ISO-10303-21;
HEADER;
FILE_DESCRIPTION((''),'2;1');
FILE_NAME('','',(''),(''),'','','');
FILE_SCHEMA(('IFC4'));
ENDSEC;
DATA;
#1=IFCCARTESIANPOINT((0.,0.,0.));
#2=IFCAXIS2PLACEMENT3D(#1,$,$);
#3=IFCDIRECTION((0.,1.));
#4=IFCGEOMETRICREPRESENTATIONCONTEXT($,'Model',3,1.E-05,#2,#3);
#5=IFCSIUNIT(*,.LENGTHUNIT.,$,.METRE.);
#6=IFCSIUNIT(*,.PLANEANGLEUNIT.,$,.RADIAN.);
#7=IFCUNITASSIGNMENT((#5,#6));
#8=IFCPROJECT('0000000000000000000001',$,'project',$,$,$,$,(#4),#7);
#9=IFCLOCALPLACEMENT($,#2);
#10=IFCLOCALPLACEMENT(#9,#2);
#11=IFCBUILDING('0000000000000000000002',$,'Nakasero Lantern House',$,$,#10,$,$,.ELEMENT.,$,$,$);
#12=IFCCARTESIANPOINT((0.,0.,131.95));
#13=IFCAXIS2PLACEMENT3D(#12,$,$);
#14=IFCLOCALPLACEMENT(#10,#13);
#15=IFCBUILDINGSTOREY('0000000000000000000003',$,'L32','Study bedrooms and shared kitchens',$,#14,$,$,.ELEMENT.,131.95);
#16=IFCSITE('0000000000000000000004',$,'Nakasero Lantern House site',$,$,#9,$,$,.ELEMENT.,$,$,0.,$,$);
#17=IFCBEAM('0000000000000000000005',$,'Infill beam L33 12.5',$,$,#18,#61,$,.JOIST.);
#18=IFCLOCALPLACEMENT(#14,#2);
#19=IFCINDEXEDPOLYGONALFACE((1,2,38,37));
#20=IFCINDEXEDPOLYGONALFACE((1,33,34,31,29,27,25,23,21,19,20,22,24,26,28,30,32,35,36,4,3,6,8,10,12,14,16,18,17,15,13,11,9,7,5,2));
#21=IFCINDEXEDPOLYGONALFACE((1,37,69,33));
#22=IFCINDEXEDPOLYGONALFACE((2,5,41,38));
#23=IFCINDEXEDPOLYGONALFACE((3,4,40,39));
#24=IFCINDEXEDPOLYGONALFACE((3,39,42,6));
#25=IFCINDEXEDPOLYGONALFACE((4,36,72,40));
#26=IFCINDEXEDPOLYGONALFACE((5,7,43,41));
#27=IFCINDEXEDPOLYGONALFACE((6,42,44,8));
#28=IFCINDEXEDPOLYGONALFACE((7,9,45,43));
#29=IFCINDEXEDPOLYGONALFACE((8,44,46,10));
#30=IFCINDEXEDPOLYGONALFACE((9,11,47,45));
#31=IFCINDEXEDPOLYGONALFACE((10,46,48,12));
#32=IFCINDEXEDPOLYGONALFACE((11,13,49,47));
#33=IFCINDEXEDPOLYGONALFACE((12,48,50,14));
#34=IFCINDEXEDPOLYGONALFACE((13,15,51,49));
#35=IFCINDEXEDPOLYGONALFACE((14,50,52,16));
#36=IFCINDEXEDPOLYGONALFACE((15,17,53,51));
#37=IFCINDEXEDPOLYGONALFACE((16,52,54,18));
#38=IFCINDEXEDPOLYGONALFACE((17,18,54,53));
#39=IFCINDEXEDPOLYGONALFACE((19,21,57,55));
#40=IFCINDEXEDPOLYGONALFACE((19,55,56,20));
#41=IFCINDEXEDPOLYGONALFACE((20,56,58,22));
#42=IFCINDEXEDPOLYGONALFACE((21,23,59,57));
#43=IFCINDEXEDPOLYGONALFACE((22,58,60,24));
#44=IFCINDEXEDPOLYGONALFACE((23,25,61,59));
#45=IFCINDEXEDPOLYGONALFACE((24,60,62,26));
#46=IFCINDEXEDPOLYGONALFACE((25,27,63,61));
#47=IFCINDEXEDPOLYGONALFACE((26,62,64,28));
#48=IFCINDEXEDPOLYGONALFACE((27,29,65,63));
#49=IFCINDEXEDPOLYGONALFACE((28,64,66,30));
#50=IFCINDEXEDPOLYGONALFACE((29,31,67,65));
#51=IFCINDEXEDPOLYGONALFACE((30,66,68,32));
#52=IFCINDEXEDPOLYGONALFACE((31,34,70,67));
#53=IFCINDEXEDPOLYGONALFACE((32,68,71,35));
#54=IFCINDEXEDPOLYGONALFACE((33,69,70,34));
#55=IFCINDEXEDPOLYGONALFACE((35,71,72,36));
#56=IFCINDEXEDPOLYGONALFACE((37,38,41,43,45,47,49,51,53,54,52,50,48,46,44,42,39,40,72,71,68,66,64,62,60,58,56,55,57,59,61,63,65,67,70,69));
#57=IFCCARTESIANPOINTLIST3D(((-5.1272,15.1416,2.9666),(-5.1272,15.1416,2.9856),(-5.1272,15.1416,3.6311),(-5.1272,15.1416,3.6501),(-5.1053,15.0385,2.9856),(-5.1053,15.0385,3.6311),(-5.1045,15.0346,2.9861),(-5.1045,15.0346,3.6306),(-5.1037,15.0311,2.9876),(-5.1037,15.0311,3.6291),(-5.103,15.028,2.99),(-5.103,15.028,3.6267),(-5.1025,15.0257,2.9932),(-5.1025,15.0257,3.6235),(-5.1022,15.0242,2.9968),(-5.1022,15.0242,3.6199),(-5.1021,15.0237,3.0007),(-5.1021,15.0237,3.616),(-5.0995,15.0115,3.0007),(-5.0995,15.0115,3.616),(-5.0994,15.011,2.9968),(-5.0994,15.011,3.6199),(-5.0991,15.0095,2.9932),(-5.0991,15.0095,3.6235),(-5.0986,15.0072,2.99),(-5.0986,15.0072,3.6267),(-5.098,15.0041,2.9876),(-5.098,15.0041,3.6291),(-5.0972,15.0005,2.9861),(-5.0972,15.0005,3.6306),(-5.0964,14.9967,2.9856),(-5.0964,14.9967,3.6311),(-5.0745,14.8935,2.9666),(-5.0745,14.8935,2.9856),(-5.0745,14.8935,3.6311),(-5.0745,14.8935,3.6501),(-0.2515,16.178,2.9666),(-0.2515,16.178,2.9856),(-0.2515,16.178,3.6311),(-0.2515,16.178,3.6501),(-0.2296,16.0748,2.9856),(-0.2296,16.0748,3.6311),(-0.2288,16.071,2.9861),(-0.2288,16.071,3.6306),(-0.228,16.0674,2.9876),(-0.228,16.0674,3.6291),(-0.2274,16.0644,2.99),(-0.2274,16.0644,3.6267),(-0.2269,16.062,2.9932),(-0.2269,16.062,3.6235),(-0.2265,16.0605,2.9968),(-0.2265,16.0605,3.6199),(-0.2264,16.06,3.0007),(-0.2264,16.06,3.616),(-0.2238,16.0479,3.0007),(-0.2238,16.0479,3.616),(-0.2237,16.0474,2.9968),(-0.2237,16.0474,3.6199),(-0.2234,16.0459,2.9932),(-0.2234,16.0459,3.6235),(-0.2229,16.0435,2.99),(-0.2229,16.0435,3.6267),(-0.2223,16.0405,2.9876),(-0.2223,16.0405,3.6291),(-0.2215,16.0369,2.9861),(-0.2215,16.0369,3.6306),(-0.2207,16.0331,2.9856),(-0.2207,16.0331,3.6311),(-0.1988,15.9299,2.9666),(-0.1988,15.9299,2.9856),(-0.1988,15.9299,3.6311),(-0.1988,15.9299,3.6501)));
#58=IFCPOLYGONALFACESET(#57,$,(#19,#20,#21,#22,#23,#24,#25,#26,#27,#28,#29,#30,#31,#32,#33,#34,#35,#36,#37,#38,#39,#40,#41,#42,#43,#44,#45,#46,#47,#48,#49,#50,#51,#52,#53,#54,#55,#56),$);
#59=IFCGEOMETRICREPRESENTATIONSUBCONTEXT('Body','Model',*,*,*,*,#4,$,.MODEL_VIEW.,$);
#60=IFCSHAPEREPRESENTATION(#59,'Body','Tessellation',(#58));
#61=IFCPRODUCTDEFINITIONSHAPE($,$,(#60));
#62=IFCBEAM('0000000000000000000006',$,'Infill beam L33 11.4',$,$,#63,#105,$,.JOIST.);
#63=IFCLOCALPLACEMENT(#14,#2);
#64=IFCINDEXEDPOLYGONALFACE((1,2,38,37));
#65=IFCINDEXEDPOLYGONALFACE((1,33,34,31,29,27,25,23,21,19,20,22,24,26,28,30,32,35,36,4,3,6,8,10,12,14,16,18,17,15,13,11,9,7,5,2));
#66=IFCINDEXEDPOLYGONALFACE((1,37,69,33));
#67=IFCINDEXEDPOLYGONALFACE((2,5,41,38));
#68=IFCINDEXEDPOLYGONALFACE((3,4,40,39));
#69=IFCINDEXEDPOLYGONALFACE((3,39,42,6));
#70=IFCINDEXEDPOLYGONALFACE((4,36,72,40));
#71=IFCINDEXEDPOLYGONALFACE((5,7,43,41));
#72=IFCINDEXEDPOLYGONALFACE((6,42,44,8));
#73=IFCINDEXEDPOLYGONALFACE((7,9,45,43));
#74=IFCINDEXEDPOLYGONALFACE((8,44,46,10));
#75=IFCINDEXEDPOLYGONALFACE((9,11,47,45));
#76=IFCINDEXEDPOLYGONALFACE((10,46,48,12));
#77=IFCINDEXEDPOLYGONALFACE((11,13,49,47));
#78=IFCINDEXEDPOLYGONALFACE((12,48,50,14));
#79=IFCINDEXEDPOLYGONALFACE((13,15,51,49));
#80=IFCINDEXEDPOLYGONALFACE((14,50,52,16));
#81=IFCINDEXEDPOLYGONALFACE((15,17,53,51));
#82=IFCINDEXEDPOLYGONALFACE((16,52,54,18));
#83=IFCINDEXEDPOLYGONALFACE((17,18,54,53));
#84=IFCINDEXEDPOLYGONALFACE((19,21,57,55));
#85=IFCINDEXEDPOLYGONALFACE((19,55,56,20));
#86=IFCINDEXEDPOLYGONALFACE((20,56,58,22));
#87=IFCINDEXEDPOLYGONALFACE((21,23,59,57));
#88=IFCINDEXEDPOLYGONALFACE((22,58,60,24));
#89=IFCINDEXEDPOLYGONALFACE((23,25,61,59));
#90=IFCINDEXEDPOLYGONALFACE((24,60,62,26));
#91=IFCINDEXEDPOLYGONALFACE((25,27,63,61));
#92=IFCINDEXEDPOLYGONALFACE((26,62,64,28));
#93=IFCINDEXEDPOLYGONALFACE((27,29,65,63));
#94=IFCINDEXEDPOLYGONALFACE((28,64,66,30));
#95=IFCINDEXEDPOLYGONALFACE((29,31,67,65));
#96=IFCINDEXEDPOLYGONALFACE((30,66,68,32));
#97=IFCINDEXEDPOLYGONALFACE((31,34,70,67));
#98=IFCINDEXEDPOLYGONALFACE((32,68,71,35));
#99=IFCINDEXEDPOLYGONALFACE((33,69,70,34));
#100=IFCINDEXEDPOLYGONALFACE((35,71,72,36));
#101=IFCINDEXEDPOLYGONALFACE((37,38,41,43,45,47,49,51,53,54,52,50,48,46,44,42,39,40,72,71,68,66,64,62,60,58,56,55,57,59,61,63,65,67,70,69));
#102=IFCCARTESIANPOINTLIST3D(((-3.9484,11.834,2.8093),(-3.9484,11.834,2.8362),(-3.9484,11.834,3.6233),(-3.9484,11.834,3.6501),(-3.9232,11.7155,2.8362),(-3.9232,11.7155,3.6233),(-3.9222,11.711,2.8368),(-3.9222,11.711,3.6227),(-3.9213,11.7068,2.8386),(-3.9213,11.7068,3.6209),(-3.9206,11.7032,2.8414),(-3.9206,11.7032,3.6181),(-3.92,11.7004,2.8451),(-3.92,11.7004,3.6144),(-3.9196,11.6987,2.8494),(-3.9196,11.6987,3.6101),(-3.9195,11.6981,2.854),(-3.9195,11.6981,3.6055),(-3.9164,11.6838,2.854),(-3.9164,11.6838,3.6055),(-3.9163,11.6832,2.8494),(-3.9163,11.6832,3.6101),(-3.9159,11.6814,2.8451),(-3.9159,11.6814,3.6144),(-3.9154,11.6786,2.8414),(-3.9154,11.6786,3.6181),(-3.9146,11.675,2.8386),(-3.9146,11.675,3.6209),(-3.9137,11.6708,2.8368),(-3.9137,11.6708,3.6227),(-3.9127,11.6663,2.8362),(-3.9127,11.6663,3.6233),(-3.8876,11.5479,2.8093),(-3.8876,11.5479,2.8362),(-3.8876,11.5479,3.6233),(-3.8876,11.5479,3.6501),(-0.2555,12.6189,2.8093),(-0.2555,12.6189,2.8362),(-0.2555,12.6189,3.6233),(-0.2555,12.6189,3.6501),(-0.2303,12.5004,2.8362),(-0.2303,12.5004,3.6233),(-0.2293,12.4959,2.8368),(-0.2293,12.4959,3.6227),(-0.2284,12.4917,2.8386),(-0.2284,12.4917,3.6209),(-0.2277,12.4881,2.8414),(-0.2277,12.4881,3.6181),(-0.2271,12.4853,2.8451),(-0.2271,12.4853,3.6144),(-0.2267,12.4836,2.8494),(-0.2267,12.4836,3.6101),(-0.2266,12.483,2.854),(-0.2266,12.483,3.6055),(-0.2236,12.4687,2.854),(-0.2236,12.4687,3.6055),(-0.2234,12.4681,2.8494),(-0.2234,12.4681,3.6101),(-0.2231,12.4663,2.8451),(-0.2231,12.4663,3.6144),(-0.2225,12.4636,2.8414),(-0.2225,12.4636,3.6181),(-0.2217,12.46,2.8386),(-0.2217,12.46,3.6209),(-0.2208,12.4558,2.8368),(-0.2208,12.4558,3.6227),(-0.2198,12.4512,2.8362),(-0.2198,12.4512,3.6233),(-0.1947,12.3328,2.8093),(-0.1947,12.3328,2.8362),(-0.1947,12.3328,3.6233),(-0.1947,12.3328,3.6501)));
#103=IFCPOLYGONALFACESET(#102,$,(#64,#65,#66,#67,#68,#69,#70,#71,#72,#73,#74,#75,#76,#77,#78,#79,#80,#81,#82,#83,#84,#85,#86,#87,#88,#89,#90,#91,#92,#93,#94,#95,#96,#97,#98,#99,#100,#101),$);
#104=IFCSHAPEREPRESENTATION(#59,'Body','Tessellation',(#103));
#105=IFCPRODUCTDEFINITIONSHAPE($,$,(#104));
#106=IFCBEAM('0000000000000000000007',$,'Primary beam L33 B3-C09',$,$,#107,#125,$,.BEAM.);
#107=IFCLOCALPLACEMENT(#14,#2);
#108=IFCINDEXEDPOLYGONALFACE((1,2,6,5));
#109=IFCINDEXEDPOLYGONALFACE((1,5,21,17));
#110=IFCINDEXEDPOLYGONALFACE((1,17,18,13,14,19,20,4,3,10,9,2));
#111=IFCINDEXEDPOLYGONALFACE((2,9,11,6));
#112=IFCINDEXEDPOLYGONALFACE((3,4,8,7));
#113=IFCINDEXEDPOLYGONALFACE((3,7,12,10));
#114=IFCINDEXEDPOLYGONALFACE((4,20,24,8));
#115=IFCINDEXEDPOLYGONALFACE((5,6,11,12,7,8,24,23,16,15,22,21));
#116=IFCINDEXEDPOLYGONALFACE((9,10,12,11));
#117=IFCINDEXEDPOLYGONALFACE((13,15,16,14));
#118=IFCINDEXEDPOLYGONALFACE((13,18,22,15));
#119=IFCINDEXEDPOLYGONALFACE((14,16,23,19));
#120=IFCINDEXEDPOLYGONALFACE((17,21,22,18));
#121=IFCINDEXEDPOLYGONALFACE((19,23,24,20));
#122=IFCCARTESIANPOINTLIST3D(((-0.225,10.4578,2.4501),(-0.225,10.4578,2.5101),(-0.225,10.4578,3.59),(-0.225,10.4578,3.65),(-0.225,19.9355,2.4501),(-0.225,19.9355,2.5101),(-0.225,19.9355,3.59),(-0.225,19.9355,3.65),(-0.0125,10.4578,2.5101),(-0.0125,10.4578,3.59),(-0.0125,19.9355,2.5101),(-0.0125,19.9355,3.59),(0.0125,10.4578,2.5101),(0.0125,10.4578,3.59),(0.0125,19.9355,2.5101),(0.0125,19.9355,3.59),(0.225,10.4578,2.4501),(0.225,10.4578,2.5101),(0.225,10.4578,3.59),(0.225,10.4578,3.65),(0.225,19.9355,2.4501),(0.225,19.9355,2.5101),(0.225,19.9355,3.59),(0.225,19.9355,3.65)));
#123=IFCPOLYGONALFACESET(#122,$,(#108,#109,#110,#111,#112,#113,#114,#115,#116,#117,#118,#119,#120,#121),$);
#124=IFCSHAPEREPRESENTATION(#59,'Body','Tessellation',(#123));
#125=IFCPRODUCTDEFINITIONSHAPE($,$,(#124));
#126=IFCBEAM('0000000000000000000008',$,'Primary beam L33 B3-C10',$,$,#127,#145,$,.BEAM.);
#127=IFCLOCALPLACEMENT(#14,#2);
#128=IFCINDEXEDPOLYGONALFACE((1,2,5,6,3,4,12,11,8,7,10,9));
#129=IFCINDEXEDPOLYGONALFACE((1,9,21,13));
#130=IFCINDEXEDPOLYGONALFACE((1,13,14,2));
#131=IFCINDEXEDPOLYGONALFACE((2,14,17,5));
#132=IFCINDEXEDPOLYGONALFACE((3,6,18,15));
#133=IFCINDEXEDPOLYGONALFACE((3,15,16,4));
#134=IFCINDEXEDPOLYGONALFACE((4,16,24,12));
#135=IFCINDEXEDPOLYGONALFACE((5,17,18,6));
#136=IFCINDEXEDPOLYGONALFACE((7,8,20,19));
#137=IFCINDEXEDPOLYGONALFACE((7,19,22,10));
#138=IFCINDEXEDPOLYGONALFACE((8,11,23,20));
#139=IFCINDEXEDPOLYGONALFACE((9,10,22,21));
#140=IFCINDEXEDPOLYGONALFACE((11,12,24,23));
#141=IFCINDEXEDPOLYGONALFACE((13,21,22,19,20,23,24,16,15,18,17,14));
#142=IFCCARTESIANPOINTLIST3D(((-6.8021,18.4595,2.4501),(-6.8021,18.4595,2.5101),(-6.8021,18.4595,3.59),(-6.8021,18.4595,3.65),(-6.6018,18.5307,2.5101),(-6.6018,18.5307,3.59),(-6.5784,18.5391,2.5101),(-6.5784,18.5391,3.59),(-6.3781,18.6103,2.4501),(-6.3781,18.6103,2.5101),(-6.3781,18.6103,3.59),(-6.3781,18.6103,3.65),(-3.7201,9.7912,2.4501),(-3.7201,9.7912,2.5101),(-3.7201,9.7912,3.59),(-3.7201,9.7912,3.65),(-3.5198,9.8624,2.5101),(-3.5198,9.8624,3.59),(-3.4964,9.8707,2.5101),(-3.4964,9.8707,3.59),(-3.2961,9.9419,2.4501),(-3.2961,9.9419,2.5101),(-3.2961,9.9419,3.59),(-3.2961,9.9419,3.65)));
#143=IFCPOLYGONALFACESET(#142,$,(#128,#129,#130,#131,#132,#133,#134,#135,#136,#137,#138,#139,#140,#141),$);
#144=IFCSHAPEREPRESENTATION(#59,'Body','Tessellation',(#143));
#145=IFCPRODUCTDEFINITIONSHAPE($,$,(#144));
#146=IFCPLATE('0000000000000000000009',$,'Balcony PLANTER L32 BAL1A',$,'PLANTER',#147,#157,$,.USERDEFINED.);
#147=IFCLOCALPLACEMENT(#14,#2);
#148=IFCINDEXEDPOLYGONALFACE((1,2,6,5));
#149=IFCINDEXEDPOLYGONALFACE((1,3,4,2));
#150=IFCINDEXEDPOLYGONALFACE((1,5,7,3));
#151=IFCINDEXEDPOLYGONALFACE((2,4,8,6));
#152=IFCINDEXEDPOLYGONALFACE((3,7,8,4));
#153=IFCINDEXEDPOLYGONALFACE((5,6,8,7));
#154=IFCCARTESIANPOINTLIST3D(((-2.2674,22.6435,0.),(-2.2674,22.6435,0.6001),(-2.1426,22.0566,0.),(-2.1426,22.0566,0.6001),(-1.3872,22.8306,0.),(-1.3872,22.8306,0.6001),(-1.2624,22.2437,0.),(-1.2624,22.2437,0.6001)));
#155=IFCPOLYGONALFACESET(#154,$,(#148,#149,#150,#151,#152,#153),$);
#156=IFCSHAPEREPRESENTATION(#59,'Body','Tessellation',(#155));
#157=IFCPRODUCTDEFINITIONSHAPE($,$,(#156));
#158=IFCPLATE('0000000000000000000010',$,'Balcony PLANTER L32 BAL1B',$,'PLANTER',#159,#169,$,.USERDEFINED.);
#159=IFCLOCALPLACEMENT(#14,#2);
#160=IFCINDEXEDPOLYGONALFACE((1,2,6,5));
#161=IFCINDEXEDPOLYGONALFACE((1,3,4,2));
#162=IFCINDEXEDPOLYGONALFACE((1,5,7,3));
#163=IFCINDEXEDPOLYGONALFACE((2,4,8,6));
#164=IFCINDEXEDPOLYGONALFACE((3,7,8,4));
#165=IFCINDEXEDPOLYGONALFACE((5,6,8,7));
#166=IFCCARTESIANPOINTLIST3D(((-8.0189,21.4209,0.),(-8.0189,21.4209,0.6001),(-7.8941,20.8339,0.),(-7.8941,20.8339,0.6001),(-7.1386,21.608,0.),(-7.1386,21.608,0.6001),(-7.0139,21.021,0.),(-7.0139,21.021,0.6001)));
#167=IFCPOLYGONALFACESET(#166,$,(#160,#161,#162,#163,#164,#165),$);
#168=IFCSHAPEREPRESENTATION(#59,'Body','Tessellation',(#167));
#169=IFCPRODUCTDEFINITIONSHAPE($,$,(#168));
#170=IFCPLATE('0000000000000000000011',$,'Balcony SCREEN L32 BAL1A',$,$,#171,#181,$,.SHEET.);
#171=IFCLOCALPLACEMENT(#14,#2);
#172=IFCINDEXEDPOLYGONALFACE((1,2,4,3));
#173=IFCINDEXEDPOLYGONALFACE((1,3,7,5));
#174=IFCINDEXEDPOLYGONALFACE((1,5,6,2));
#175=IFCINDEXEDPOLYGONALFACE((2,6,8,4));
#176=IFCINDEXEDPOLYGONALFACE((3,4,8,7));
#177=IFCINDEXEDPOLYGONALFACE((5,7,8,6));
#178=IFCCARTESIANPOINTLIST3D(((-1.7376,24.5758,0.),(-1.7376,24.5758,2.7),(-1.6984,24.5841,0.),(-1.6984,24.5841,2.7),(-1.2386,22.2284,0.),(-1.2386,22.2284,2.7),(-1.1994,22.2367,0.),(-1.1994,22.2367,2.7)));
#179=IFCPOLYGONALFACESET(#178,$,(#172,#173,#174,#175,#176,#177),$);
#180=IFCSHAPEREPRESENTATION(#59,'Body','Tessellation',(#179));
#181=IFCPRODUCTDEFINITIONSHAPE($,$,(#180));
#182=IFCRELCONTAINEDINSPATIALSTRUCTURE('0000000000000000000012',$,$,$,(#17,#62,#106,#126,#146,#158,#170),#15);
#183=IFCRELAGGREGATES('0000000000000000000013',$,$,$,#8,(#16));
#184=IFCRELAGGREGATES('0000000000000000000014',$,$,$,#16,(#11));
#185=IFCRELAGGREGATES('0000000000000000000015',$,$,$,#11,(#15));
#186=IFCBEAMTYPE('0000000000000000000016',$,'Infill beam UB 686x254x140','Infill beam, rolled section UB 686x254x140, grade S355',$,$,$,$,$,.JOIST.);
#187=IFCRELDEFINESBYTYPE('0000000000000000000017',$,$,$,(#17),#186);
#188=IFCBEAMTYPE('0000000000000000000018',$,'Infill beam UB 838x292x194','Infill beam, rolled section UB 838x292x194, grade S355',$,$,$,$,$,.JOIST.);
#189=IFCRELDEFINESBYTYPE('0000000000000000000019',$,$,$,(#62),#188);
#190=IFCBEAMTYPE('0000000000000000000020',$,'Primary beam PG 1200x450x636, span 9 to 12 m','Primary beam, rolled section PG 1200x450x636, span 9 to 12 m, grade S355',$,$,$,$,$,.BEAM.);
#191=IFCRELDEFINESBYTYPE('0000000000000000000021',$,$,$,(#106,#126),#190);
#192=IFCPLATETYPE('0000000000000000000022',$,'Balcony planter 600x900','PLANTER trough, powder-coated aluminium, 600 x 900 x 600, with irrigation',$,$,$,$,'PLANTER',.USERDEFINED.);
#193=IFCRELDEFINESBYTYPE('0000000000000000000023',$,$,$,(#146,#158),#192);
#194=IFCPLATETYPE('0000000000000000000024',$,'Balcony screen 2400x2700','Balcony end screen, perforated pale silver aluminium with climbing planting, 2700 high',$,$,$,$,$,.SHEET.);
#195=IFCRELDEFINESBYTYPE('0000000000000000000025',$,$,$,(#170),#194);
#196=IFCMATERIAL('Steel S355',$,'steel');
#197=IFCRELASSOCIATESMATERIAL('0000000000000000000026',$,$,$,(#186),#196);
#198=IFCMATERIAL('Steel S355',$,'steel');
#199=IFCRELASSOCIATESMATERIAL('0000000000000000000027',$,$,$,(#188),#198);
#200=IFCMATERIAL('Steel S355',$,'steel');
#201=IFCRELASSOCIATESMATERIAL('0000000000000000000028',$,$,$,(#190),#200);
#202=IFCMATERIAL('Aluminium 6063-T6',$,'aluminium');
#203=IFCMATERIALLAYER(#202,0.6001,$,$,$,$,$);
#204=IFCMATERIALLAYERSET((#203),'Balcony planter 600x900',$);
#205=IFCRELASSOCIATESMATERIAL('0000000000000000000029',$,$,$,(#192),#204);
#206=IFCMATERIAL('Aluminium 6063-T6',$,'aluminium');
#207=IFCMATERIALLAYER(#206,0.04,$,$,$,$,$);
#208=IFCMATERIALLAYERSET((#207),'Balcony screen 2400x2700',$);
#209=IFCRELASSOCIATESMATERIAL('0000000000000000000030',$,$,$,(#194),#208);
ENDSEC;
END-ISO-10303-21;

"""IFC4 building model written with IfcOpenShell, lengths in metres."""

from ifc_helpers import new_model, si_unit, direction, frame, origin, origin_2d, place, context, subcontext, project, spatial, rectangle, i_section, extrude, material, layer, layer_set, material_profile, profile_set, type_object, element, save


model = new_model("IFC4")

# Units and contexts
model_context = context("Model", 3, precision=1e-05, world=origin(), true_north=direction((0.0, 1.0)))
body_context = subcontext(model_context, "Body", "Model", "MODEL_VIEW")
ifc_project = project(units=[si_unit("LENGTHUNIT", "METRE"), si_unit("PLANEANGLEUNIT", "RADIAN")], contexts=[model_context])

# Site, building, storey
site_placement = place(None, origin())
site = spatial("IfcSite", under=ifc_project, at=site_placement, Name="Nakasero Lantern House site", CompositionType="ELEMENT", RefElevation=0.0)
building_placement = place(site_placement, origin())
building = spatial("IfcBuilding", under=site, at=building_placement, Name="Nakasero Lantern House", CompositionType="ELEMENT")
storey_placement = place(building_placement, frame((0.0, 0.0, 131.95)))
storey = spatial("IfcBuildingStorey", under=building, at=storey_placement, Name="L32", Description="Study bedrooms and shared kitchens", CompositionType="ELEMENT", Elevation=131.95)

# Beams
ifc_material_1 = material(Name="Steel S355", Category="steel")
ifc_material_profile_1 = material_profile(ifc_material_1, i_section(OverallWidth=0.2537, OverallDepth=0.6836, WebThickness=0.0125, FlangeThickness=0.019, FilletRadius=0.0151, at=origin_2d()), Name="UB 686x254x140")
ifc_profile_set_1 = profile_set([ifc_material_profile_1], Name="Steel S355")
beam_type_1 = type_object("IfcBeamType", Name="Infill beam UB 686x254x140", Description="Infill beam, rolled section UB 686x254x140, grade S355", PredefinedType="JOIST", material=ifc_profile_set_1)
beam_1_placement = place(storey_placement, frame((-5.1008, 15.0176, 3.3083), z_axis=(0.978147, 0.207913, 0.0), x_axis=(-0.207913, 0.978147, 0.0)))
element("IfcBeam", 1, at=beam_1_placement, inside=storey, type_object=beam_type_1, Name="Infill beam L33 12.5", PredefinedType="JOIST", context=body_context, shape_type="SweptSolid", body=[
    extrude(i_section(OverallWidth=0.2537, OverallDepth=0.6836, WebThickness=0.0125, FlangeThickness=0.019, FilletRadius=0.0151, at=origin_2d()), origin(), (0.0, 0.0, 1.0), 4.9846),
])
ifc_material_2 = material(Name="Steel S355", Category="steel")
ifc_material_profile_2 = material_profile(ifc_material_2, i_section(OverallWidth=0.2925, OverallDepth=0.8408, WebThickness=0.0146, FlangeThickness=0.0269, FilletRadius=0.0178, at=origin_2d()), Name="UB 838x292x194")
ifc_profile_set_2 = profile_set([ifc_material_profile_2], Name="Steel S355")
beam_type_2 = type_object("IfcBeamType", Name="Infill beam UB 838x292x194", Description="Infill beam, rolled section UB 838x292x194, grade S355", PredefinedType="JOIST", material=ifc_profile_set_2)
beam_2_placement = place(storey_placement, frame((-3.918, 11.6909, 3.2297), z_axis=(0.978149, 0.207904, 0.0), x_axis=(-0.207904, 0.978149, 0.0)))
element("IfcBeam", 2, at=beam_2_placement, inside=storey, type_object=beam_type_2, Name="Infill beam L33 11.4", PredefinedType="JOIST", context=body_context, shape_type="SweptSolid", body=[
    extrude(i_section(OverallWidth=0.2925, OverallDepth=0.8408, WebThickness=0.0146, FlangeThickness=0.0269, FilletRadius=0.0178, at=origin_2d()), origin(), (0.0, 0.0, 1.0), 3.7754),
])
ifc_material_3 = material(Name="Steel S355", Category="steel")
ifc_material_profile_3 = material_profile(ifc_material_3, i_section(OverallWidth=0.45, OverallDepth=1.2, WebThickness=0.0249, FlangeThickness=0.0601, at=origin_2d()), Name="PG 1200x450x636")
ifc_profile_set_3 = profile_set([ifc_material_profile_3], Name="Steel S355")
beam_type_3 = type_object("IfcBeamType", Name="Primary beam PG 1200x450x636, span 9 to 12 m", Description="Primary beam, rolled section PG 1200x450x636, span 9 to 12 m, grade S355", PredefinedType="BEAM", material=ifc_profile_set_3)
beam_3_placement = place(storey_placement, frame((0.0, 19.9355, 3.05), z_axis=(0.0, -1.0, 0.0), x_axis=(1.0, 0.0, 0.0)))
element("IfcBeam", 3, at=beam_3_placement, inside=storey, type_object=beam_type_3, Name="Primary beam L33 B3-C09", PredefinedType="BEAM", context=body_context, shape_type="SweptSolid", body=[
    extrude(i_section(OverallWidth=0.45, OverallDepth=1.2, WebThickness=0.0249, FlangeThickness=0.0601, at=origin_2d()), origin(), (0.0, 0.0, 1.0), 9.4778),
])
beam_4_placement = place(storey_placement, frame((-6.5901, 18.5349, 3.05), z_axis=(0.335001, -0.942218, 0.0), x_axis=(0.942218, 0.335001, 0.0)))
element("IfcBeam", 4, at=beam_4_placement, inside=storey, type_object=beam_type_3, Name="Primary beam L33 B3-C10", PredefinedType="BEAM", context=body_context, shape_type="SweptSolid", body=[
    extrude(i_section(OverallWidth=0.45, OverallDepth=1.2, WebThickness=0.0249, FlangeThickness=0.0601, at=origin_2d()), origin(), (0.0, 0.0, 1.0), 9.2),
])

# Plates
ifc_material_4 = material(Name="Aluminium 6063-T6", Category="aluminium")
ifc_layer_1 = layer(ifc_material_4, 0.6001)
ifc_layer_set_1 = layer_set([ifc_layer_1], Name="Balcony planter 600x900")
plate_type_1 = type_object("IfcPlateType", Name="Balcony planter 600x900", Description="PLANTER trough, powder-coated aluminium, 600 x 900 x 600, with irrigation", ElementType="PLANTER", PredefinedType="USERDEFINED", material=ifc_layer_set_1)
for number, where, z_axis, x_axis, name in (
    (5, (-1.7649, 22.4436, 0.0), (0.0, 0.0, 1.0), (-0.207912, 0.978148, 0.0), "Balcony PLANTER L32 BAL1A"),
    (6, (-7.5164, 21.2209, 0.0), (0.0, 0.0, 1.0), (-0.207912, 0.978148, 0.0), "Balcony PLANTER L32 BAL1B"),
):
    element("IfcPlate", number, at=place(storey_placement, frame(where, z_axis=z_axis, x_axis=x_axis)), inside=storey, type_object=plate_type_1, Name=name, ObjectType="PLANTER", PredefinedType="USERDEFINED", context=body_context, shape_type="SweptSolid", body=[
        extrude(rectangle(XDim=0.6001, YDim=0.8999, at=origin_2d()), origin(), (0.0, 0.0, 1.0), 0.6001),
    ])
ifc_material_5 = material(Name="Aluminium 6063-T6", Category="aluminium")
ifc_layer_2 = layer(ifc_material_5, 0.04)
ifc_layer_set_2 = layer_set([ifc_layer_2], Name="Balcony screen 2400x2700")
plate_type_2 = type_object("IfcPlateType", Name="Balcony screen 2400x2700", Description="Balcony end screen, perforated pale silver aluminium with climbing planting, 2700 high", PredefinedType="SHEET", material=ifc_layer_set_2)
for number, where, z_axis, x_axis, name in (
    (7, (-1.4685, 23.4062, 0.0), (0.0, 0.0, 1.0), (-0.207912, 0.978148, 0.0), "Balcony SCREEN L32 BAL1A"),
):
    element("IfcPlate", number, at=place(storey_placement, frame(where, z_axis=z_axis, x_axis=x_axis)), inside=storey, type_object=plate_type_2, Name=name, PredefinedType="SHEET", context=body_context, shape_type="SweptSolid", body=[
        extrude(rectangle(XDim=2.3999, YDim=0.04, at=origin_2d()), origin(), (0.0, 0.0, 1.0), 2.7),
    ])

save(model, "model.ifc")
